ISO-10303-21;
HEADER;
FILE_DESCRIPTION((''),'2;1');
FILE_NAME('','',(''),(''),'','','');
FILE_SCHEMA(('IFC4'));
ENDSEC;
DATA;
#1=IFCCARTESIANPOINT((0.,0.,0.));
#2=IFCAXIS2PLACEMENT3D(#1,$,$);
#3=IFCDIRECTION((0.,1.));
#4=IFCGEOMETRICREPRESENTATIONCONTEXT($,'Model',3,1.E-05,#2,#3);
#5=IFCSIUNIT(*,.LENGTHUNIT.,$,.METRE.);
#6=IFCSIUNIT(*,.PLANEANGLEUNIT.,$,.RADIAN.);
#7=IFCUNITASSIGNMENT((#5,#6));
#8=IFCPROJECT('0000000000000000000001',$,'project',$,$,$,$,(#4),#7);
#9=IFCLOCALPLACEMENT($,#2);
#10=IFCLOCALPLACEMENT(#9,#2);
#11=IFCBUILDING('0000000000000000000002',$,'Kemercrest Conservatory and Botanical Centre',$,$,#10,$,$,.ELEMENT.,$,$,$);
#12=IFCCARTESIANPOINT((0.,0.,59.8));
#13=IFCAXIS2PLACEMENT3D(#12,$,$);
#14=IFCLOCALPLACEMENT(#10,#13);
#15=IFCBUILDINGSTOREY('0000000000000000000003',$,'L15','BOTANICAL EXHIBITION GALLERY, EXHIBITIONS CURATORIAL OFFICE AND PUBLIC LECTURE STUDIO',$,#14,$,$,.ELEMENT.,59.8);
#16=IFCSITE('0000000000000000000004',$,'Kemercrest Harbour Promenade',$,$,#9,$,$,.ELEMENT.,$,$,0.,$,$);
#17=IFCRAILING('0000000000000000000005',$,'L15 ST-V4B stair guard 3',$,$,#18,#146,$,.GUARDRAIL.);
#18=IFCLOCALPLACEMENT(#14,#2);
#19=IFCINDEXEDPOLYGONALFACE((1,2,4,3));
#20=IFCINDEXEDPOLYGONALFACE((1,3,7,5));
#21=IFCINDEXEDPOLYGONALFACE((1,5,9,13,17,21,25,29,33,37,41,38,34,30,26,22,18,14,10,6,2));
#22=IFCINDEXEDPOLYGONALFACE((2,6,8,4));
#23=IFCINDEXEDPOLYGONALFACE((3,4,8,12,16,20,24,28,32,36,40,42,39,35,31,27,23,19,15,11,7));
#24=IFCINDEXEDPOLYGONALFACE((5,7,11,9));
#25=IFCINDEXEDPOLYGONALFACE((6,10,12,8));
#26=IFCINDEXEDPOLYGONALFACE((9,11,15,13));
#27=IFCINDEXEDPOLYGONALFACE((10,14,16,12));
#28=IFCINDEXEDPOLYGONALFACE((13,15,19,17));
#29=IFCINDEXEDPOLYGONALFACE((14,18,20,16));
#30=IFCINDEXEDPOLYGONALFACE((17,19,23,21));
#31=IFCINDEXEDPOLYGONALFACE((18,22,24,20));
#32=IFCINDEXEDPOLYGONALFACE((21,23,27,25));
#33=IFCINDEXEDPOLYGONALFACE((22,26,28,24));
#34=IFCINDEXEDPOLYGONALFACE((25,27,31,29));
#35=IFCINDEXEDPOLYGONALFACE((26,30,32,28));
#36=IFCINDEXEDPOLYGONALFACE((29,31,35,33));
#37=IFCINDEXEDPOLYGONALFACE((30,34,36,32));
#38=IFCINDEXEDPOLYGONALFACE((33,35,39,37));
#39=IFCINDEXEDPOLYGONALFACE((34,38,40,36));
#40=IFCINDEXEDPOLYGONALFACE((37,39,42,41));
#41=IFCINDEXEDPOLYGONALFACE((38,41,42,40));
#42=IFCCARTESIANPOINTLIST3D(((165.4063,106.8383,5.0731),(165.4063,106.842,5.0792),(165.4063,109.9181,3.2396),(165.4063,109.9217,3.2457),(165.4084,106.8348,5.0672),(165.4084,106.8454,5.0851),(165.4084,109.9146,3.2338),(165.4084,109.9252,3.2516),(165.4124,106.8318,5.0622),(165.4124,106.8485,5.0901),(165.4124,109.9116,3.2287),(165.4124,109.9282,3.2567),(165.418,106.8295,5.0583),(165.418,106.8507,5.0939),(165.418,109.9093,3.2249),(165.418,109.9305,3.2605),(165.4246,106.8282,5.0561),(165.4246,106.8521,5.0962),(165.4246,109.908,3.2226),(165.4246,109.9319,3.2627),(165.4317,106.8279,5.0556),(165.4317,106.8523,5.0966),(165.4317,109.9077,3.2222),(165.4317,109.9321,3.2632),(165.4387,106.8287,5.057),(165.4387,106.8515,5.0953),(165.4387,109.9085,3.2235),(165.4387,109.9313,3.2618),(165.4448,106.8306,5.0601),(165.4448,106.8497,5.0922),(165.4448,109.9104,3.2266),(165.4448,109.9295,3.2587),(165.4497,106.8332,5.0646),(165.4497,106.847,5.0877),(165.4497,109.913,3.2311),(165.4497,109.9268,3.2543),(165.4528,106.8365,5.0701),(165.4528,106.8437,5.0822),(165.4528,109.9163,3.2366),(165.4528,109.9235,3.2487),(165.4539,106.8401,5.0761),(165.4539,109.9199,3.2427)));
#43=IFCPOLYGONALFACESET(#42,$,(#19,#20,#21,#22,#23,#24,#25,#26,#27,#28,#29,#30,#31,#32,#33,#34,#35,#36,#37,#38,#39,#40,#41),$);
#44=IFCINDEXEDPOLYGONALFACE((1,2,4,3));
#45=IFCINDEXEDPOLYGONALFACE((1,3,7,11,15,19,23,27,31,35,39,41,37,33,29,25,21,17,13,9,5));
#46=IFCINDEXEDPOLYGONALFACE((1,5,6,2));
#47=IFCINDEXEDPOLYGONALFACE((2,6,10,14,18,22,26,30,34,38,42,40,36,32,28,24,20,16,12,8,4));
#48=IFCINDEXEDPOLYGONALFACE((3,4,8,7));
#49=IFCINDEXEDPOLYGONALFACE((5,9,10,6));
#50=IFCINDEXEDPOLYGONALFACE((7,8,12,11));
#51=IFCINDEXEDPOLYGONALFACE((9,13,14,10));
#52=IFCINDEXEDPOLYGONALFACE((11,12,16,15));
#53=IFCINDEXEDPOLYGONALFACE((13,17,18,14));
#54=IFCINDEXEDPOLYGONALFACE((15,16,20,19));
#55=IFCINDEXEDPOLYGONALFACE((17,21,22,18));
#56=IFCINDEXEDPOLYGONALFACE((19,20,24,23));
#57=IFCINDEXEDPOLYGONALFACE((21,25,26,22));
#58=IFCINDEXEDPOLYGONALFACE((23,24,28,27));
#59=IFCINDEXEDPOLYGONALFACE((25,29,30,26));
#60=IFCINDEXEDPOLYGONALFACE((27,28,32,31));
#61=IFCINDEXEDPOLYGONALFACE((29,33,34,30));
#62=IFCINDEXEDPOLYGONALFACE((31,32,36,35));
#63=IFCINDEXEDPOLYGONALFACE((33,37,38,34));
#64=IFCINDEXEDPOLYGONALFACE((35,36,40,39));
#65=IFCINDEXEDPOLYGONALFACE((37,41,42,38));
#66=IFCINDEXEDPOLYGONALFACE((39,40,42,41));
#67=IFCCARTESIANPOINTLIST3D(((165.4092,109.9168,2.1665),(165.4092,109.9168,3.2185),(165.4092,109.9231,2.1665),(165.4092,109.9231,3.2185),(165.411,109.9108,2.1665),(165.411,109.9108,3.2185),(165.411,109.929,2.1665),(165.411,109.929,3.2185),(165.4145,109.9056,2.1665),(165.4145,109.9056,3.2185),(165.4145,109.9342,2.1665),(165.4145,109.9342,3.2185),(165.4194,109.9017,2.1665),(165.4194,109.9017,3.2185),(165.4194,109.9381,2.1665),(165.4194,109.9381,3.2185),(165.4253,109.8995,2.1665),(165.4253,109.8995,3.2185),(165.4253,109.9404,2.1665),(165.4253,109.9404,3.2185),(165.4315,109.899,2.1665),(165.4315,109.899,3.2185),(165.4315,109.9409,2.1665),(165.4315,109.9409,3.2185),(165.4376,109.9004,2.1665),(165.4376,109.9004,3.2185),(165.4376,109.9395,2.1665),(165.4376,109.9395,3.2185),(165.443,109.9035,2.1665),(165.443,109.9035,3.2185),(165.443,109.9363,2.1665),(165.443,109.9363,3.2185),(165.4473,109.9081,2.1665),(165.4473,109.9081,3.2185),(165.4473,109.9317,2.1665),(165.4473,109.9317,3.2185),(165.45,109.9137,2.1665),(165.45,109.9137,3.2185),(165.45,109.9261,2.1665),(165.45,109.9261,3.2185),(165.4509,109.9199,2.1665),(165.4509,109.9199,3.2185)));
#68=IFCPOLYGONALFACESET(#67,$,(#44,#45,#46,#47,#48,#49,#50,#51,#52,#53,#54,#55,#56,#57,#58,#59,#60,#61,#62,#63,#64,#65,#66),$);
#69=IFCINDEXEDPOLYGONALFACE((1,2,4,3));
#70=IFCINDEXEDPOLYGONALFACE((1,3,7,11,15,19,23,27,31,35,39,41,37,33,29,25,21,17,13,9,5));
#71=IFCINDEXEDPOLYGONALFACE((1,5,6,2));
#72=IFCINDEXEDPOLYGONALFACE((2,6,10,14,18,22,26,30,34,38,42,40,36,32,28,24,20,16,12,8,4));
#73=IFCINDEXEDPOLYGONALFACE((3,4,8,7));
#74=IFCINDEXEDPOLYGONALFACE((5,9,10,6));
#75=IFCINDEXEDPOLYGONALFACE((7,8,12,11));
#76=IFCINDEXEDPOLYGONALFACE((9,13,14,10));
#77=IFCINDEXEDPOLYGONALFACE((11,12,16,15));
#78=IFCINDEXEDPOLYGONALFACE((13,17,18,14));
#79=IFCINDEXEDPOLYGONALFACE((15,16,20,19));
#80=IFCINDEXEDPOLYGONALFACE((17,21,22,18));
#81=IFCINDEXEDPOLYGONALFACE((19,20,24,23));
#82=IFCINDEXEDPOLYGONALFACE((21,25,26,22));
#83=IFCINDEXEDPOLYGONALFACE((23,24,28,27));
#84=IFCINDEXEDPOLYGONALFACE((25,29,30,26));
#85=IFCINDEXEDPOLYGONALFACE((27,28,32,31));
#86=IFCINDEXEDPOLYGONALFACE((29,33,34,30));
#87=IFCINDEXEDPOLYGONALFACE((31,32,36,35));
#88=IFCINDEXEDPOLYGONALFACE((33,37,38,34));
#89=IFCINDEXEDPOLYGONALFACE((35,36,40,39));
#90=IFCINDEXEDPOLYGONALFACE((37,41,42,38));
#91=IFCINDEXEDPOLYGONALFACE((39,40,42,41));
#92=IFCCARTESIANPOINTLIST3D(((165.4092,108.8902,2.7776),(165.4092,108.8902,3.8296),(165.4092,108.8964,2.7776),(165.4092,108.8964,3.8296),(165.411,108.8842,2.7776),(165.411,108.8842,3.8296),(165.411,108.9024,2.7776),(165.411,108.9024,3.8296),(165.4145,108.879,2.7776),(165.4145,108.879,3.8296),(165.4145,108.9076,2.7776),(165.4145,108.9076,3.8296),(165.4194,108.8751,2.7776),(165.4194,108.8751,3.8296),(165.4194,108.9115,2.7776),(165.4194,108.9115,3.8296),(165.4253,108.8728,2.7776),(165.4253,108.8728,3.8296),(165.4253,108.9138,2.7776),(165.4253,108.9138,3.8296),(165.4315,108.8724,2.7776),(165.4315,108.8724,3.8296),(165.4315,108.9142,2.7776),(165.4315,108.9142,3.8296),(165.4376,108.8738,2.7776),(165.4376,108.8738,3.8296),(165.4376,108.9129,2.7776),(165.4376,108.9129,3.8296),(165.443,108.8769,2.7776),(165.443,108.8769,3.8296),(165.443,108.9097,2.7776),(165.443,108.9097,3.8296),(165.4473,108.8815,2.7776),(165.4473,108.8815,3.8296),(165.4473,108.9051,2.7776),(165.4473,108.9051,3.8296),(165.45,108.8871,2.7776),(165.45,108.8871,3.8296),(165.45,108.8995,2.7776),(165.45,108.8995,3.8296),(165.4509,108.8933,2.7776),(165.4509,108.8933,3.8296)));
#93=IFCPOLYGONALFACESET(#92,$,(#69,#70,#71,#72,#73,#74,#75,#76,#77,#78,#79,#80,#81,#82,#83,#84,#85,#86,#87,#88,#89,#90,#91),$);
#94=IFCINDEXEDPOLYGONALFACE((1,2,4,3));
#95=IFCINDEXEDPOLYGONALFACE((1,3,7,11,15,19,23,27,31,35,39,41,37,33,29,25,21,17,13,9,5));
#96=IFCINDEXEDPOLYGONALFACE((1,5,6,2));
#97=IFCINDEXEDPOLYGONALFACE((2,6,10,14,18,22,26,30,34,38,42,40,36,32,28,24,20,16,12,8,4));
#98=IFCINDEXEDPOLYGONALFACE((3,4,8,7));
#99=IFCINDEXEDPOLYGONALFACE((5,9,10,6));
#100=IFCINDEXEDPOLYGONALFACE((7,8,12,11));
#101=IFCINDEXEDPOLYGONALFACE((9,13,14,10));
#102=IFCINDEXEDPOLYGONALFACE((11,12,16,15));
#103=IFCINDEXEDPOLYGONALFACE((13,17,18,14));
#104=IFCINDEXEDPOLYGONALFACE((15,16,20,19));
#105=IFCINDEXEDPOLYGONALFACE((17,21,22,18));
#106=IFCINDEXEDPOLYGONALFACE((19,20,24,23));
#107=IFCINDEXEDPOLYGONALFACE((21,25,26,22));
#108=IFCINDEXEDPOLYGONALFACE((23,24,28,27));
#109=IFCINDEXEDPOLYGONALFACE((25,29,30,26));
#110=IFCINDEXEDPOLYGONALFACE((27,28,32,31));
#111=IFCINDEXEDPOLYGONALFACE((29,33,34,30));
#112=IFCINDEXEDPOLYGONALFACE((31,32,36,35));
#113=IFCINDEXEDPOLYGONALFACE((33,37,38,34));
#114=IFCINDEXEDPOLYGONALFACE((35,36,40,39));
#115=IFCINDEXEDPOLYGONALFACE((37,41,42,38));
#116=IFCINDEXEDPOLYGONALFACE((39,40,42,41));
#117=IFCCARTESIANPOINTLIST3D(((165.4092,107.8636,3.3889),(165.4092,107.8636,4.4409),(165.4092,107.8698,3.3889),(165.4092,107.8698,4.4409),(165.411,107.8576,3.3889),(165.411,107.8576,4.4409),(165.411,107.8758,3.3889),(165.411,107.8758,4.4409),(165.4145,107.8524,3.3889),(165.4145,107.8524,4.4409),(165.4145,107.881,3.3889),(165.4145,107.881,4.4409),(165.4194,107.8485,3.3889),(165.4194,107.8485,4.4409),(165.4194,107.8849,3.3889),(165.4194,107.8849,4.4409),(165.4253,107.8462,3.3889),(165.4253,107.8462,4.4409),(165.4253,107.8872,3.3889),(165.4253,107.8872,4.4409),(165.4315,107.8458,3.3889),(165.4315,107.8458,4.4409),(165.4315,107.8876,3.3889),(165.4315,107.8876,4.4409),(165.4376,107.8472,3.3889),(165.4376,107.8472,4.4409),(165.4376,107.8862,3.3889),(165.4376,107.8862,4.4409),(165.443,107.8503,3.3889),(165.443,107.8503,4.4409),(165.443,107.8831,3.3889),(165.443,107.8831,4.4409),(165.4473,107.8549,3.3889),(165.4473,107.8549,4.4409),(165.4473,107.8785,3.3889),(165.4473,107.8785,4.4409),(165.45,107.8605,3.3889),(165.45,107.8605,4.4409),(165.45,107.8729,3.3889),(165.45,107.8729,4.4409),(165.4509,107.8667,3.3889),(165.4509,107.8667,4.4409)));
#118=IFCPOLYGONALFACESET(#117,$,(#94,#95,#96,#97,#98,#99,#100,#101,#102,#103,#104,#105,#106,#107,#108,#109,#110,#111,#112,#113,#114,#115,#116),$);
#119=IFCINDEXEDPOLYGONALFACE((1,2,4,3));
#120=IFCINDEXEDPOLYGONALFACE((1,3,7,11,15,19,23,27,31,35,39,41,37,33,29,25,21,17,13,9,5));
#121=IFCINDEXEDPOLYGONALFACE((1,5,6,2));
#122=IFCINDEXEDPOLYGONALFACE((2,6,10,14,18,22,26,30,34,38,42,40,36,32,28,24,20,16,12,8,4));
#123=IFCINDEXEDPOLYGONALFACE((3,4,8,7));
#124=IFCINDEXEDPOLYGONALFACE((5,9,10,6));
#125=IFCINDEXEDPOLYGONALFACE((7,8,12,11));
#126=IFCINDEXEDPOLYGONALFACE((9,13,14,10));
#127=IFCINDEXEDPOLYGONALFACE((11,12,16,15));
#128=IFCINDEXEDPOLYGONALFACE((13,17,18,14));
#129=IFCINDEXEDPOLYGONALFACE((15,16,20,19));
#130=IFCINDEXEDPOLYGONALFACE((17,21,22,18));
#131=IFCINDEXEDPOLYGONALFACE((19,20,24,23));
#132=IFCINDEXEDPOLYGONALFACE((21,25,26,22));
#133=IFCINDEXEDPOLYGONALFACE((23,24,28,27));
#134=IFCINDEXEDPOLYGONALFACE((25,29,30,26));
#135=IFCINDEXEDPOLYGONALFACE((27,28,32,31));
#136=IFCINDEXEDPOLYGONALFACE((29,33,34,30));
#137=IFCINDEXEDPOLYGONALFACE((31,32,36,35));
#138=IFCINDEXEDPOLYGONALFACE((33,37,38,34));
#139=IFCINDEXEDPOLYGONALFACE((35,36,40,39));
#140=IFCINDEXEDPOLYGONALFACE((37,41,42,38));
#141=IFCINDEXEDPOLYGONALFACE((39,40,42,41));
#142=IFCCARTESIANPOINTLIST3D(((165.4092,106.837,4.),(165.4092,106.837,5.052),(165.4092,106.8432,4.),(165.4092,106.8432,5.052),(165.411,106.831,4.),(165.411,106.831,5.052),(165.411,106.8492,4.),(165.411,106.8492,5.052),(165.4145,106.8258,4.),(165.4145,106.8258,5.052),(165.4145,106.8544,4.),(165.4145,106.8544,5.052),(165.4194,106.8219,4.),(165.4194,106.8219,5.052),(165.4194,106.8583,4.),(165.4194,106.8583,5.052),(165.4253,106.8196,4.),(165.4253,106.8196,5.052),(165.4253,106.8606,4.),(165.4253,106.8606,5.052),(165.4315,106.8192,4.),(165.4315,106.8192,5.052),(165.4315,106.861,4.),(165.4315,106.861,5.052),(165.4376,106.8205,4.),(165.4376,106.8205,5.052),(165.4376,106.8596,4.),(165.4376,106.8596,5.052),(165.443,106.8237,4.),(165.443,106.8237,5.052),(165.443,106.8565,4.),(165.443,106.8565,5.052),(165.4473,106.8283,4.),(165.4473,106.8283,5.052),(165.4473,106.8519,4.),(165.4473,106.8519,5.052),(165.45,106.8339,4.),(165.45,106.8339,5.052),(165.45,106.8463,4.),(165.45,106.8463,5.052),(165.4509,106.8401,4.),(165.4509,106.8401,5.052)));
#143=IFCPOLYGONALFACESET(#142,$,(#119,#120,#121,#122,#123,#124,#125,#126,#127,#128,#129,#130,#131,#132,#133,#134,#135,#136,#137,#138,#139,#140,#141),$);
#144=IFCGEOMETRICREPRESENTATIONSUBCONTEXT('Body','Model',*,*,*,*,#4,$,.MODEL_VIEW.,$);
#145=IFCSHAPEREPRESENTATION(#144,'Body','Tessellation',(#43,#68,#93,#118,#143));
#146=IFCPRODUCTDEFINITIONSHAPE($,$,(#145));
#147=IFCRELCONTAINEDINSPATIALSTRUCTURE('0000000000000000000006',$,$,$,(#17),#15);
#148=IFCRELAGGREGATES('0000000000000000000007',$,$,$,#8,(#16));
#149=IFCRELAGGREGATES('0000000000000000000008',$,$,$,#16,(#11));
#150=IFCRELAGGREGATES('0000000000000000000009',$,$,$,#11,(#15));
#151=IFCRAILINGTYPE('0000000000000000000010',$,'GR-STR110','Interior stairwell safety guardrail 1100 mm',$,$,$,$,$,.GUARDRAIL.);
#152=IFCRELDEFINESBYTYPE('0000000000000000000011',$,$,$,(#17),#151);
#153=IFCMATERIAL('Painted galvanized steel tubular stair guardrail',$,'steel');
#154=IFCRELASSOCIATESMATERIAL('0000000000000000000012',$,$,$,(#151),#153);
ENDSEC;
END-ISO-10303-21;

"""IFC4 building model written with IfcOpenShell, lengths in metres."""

from ifc_helpers import new_model, si_unit, direction, frame, origin, origin_2d, place, context, subcontext, project, spatial, circle, extrude, material, type_object, element, save


model = new_model("IFC4")

# Units and contexts
model_context = context("Model", 3, precision=1e-05, world=origin(), true_north=direction((0.0, 1.0)))
body_context = subcontext(model_context, "Body", "Model", "MODEL_VIEW")
ifc_project = project(units=[si_unit("LENGTHUNIT", "METRE"), si_unit("PLANEANGLEUNIT", "RADIAN")], contexts=[model_context])

# Site, building, storey
site_placement = place(None, origin())
site = spatial("IfcSite", under=ifc_project, at=site_placement, Name="Kemercrest Harbour Promenade", CompositionType="ELEMENT", RefElevation=0.0)
building_placement = place(site_placement, origin())
building = spatial("IfcBuilding", under=site, at=building_placement, Name="Kemercrest Conservatory and Botanical Centre", CompositionType="ELEMENT")
storey_placement = place(building_placement, frame((0.0, 0.0, 59.8)))
storey = spatial("IfcBuildingStorey", under=building, at=storey_placement, Name="L15", Description="BOTANICAL EXHIBITION GALLERY, EXHIBITIONS CURATORIAL OFFICE AND PUBLIC LECTURE STUDIO", CompositionType="ELEMENT", Elevation=59.8)

# Railing
ifc_material_1 = material(Name="Painted galvanized steel tubular stair guardrail", Category="steel")
railing_type_1 = type_object("IfcRailingType", Name="GR-STR110", Description="Interior stairwell safety guardrail 1100 mm", PredefinedType="GUARDRAIL", material=ifc_material_1)
railing_1_placement = place(storey_placement, frame((165.4299, 109.9199, 2.1665)))
element("IfcRailing", 1, at=railing_1_placement, inside=storey, type_object=railing_type_1, Name="L15 ST-V4B stair guard 3", PredefinedType="GUARDRAIL", context=body_context, shape_type="SweptSolid", body=[
    extrude(circle(Radius=0.0239, at=origin_2d()), frame((0.0, 0.0, 1.0762), z_axis=(0.0, -0.859261, 0.511538), x_axis=(1.0, 0.0, 0.0)), (0.0, 0.0, 1.0), 3.5842),
    extrude(circle(Radius=0.021, at=origin_2d()), origin(), (0.0, 0.0, 1.0), 1.052),
    extrude(circle(Radius=0.021, at=origin_2d()), frame((0.0, -1.0266, 0.6111)), (0.0, 0.0, 1.0), 1.052),
    extrude(circle(Radius=0.021, at=origin_2d()), frame((0.0, -2.0532, 1.2224)), (0.0, 0.0, 1.0), 1.052),
    extrude(circle(Radius=0.021, at=origin_2d()), frame((0.0, -3.0798, 1.8335)), (0.0, 0.0, 1.0), 1.052),
])

save(model, "model.ifc")
